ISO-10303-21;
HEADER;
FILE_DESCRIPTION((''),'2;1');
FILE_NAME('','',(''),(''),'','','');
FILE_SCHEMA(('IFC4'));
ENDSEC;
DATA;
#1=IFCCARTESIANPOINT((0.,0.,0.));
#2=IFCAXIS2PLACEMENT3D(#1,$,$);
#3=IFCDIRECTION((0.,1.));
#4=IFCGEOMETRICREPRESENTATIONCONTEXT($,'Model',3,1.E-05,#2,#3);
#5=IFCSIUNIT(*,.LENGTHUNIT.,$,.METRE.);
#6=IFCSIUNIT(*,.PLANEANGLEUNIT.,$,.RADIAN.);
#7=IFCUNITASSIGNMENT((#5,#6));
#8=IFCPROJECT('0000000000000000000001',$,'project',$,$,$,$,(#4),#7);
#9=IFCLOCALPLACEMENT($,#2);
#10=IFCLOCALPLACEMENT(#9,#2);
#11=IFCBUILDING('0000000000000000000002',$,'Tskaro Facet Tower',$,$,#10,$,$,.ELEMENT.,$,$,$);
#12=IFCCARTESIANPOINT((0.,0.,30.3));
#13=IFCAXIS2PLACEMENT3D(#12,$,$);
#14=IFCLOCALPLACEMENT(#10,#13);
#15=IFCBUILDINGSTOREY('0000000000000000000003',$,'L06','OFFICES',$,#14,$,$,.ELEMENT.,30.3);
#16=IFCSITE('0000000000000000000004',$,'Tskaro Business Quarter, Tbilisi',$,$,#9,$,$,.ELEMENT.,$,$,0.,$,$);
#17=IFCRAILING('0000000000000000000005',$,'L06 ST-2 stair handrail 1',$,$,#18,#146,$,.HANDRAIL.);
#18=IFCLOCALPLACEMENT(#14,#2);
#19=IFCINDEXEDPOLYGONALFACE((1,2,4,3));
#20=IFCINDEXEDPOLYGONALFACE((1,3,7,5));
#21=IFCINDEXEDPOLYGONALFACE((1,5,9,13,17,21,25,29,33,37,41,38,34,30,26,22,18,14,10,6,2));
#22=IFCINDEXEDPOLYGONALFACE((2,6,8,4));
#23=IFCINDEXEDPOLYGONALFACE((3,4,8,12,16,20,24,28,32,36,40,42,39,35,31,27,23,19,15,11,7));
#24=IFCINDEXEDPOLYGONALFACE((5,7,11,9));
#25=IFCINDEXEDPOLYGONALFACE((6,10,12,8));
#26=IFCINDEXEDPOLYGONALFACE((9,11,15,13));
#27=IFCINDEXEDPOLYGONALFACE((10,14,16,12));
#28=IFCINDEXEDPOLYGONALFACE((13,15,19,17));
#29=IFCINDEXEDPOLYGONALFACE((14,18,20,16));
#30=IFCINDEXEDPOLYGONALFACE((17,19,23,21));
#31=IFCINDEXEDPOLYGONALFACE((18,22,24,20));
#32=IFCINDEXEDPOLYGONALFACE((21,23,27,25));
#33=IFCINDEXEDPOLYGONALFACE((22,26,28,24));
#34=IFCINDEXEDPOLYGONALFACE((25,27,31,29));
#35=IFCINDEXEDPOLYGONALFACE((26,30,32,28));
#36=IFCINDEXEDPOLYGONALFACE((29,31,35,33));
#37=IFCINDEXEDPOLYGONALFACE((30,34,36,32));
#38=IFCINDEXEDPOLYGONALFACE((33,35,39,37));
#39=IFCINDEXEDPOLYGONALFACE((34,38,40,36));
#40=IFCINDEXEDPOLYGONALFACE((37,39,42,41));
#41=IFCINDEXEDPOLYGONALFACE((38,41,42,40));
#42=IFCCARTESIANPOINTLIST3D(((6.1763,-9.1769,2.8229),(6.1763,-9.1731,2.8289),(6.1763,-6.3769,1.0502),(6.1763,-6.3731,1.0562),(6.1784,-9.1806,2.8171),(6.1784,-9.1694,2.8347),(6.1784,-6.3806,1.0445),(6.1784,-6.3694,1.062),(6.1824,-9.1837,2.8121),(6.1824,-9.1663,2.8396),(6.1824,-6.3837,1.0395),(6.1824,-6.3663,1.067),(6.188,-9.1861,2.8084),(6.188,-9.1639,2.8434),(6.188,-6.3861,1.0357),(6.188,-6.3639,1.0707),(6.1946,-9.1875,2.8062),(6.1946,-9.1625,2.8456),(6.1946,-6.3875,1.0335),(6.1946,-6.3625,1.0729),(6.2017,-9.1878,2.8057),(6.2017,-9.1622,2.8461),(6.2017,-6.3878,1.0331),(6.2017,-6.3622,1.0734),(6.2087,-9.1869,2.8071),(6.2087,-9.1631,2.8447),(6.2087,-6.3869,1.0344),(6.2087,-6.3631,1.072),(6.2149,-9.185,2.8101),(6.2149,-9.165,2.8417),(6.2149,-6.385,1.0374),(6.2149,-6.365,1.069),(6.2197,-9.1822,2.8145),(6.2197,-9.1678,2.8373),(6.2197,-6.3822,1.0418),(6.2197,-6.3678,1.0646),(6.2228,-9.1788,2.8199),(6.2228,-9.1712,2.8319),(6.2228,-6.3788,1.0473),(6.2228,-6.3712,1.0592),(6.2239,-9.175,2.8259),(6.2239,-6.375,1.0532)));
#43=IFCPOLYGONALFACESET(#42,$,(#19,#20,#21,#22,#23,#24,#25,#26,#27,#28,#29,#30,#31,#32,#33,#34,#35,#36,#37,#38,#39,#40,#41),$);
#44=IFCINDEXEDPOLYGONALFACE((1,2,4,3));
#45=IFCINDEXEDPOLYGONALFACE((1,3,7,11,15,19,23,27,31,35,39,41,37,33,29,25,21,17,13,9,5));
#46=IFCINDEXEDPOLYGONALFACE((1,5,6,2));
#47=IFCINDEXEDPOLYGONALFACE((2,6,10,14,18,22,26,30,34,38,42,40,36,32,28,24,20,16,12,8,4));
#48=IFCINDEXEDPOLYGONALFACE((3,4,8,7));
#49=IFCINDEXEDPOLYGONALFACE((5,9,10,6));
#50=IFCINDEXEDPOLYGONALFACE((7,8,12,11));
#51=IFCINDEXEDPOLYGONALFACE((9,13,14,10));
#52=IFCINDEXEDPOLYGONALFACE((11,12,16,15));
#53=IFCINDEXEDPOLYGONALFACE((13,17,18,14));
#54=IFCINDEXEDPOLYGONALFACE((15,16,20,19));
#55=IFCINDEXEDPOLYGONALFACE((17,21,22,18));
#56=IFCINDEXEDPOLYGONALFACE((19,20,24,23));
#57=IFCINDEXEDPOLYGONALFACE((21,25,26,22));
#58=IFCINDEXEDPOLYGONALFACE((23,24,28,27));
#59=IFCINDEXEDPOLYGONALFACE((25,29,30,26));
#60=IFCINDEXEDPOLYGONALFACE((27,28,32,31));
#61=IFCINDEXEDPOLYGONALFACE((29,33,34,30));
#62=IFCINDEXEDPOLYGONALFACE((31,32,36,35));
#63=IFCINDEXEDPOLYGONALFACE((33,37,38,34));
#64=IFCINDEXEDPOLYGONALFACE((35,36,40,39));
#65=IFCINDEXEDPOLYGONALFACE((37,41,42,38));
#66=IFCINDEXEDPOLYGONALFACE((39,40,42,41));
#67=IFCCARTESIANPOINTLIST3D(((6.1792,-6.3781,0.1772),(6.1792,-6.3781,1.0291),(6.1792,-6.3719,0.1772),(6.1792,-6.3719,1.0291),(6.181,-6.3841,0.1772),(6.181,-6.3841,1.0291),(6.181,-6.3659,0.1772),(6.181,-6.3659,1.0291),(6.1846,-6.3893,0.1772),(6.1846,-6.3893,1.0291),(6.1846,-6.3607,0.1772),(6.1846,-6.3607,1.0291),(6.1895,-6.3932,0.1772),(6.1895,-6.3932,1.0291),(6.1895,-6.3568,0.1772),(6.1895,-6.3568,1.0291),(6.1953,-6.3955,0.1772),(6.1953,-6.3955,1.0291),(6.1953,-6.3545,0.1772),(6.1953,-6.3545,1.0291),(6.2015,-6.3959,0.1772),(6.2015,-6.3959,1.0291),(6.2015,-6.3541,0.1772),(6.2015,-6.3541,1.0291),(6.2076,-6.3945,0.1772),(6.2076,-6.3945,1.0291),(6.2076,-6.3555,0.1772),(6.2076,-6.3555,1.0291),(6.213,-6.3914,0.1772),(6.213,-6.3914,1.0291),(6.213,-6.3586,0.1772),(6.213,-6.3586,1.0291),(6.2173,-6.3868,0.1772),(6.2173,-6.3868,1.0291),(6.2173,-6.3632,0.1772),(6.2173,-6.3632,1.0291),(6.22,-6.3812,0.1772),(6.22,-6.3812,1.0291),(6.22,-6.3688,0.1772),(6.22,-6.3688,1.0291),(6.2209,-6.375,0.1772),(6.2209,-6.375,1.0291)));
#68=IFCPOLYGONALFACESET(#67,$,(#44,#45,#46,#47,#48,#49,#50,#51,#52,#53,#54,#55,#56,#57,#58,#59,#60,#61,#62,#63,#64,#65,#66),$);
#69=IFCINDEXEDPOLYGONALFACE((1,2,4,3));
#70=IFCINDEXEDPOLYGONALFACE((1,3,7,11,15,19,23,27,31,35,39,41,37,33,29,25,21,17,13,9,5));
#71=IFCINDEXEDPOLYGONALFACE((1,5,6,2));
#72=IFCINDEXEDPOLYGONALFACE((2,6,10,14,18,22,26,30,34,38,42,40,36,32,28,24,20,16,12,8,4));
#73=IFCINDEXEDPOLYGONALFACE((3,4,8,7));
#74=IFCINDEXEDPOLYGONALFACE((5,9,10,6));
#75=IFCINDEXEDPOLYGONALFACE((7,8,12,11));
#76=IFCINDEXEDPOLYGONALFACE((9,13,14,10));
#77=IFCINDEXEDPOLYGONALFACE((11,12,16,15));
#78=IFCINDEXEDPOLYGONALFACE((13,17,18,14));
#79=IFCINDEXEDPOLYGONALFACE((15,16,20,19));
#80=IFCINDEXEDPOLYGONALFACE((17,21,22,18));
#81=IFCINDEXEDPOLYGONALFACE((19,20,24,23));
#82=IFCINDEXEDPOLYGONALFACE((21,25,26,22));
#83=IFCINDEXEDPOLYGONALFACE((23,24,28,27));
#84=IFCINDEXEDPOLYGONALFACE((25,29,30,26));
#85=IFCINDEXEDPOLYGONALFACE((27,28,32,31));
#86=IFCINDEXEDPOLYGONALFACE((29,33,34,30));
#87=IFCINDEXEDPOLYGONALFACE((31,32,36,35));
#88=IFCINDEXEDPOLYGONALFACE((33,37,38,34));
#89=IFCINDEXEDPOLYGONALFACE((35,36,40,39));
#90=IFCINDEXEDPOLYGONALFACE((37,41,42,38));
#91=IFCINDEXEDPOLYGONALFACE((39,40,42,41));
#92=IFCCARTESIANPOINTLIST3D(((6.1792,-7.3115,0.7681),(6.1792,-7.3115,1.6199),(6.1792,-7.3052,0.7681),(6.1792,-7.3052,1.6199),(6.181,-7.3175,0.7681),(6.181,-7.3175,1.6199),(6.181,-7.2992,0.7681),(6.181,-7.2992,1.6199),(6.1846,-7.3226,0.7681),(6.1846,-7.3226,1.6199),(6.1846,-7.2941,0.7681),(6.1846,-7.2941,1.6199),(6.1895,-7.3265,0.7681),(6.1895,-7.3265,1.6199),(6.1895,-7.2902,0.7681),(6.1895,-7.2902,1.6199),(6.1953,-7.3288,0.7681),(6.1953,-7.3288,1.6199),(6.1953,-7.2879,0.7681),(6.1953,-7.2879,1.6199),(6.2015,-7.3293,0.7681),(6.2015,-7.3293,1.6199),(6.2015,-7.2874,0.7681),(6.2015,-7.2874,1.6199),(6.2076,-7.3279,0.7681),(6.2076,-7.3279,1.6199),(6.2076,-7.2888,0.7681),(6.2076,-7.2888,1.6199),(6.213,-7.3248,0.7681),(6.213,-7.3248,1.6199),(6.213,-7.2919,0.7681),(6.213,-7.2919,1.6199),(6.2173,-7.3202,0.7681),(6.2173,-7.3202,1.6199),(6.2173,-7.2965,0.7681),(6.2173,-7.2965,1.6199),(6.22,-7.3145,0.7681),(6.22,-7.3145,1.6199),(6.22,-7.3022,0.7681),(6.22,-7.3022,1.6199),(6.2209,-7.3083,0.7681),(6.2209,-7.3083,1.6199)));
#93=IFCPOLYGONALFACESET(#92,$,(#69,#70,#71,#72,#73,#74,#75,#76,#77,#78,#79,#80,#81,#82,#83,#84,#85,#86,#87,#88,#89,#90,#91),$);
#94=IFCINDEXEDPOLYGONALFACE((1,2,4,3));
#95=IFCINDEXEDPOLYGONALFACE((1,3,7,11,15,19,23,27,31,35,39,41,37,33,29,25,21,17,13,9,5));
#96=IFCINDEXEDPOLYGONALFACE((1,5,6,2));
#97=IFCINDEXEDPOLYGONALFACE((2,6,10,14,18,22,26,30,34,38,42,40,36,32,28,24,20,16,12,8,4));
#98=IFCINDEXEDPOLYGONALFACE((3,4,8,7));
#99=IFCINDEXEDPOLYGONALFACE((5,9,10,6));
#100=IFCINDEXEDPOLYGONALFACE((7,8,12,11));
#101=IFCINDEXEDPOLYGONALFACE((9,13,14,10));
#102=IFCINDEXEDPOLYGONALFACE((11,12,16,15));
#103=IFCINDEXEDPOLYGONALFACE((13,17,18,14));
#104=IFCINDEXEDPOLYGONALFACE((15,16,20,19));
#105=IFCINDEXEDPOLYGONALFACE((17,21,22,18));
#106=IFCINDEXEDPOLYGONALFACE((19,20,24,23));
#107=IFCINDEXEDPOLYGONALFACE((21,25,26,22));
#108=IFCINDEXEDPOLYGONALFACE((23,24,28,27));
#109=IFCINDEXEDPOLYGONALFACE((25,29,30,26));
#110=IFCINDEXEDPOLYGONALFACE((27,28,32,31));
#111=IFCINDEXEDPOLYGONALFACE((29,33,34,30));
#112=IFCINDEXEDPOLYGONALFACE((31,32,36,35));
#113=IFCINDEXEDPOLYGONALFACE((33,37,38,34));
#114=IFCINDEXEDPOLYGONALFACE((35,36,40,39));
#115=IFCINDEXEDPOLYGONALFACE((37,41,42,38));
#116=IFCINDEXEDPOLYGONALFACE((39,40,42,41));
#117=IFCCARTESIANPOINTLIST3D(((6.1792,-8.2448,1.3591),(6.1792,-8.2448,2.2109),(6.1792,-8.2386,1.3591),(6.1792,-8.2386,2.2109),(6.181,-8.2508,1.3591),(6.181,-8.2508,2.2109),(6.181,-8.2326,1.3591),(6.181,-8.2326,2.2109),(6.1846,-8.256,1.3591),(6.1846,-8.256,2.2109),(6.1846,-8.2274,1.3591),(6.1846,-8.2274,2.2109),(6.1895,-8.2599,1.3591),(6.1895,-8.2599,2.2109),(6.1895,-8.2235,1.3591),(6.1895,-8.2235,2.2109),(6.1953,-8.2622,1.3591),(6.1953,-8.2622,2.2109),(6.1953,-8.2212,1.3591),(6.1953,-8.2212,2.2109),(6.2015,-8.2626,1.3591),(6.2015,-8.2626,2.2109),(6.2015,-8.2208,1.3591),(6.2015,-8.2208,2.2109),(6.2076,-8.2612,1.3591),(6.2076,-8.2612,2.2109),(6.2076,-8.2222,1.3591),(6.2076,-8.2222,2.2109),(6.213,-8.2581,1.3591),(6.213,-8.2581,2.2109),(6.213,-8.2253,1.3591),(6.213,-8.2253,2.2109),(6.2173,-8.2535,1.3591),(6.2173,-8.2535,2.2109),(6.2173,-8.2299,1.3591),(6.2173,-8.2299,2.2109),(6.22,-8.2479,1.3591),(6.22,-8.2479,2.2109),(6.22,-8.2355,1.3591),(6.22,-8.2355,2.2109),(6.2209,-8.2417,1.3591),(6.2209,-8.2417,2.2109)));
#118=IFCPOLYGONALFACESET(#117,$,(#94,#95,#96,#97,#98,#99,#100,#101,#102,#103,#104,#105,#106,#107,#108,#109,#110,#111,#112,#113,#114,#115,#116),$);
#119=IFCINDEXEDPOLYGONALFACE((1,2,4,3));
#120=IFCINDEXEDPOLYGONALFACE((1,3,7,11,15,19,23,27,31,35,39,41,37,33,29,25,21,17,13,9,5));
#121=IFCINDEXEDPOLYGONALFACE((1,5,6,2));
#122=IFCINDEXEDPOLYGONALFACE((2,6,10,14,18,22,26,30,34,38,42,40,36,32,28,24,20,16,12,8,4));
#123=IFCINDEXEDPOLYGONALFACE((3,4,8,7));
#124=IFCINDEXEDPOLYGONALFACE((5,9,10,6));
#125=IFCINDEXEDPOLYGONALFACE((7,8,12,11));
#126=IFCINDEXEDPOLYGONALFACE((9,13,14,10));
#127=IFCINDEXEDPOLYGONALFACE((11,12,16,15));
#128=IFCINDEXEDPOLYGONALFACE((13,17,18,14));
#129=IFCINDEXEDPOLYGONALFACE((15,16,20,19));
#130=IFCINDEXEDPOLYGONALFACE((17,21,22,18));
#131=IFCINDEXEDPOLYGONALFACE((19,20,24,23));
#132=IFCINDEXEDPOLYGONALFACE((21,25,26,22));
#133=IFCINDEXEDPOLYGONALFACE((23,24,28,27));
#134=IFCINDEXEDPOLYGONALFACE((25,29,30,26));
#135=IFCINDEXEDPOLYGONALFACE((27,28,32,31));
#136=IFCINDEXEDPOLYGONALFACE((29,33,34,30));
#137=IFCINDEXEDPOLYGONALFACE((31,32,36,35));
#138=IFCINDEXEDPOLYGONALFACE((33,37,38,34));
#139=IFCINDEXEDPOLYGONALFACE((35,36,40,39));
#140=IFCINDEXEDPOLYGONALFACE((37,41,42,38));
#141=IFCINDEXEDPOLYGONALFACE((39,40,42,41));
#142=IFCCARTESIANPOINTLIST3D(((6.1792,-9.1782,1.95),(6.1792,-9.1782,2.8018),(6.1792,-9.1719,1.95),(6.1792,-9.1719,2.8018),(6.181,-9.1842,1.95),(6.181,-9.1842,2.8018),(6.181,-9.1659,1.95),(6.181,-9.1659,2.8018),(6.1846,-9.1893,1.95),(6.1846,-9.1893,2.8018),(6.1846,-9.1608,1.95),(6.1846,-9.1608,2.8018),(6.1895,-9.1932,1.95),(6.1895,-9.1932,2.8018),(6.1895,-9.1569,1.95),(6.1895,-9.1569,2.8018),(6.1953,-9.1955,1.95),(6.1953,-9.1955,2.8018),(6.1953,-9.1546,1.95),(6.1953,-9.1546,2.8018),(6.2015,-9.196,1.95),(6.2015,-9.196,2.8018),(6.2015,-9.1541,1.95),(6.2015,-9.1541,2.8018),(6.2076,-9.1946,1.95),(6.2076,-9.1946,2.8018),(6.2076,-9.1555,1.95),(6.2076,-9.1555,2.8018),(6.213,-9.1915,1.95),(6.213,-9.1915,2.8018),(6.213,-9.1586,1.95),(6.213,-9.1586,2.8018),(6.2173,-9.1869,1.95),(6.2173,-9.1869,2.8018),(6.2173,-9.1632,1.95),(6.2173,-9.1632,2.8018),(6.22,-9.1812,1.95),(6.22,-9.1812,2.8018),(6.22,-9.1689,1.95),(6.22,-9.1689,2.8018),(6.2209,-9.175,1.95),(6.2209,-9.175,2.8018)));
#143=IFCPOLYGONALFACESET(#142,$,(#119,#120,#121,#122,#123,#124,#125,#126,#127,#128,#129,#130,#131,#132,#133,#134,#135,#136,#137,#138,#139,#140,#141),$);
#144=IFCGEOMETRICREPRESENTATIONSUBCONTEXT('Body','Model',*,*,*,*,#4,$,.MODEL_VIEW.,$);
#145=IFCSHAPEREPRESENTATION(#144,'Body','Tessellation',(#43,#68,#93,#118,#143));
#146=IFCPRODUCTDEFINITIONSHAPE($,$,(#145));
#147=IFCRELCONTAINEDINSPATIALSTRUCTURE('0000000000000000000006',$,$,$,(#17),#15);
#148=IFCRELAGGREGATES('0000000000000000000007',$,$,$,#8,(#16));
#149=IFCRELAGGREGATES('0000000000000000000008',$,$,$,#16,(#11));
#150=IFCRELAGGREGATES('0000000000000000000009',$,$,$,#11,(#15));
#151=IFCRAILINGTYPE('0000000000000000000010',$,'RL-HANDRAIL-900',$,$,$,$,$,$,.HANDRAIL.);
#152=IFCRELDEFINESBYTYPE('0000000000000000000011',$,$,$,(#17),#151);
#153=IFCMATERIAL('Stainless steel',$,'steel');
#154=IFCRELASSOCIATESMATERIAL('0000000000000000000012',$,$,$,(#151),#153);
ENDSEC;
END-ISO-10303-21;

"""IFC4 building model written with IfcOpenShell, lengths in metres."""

from ifc_helpers import new_model, si_unit, direction, frame, origin, origin_2d, place, context, subcontext, project, spatial, circle, extrude, material, type_object, element, save


model = new_model("IFC4")

# Units and contexts
model_context = context("Model", 3, precision=1e-05, world=origin(), true_north=direction((0.0, 1.0)))
body_context = subcontext(model_context, "Body", "Model", "MODEL_VIEW")
ifc_project = project(units=[si_unit("LENGTHUNIT", "METRE"), si_unit("PLANEANGLEUNIT", "RADIAN")], contexts=[model_context])

# Site, building, storey
site_placement = place(None, origin())
site = spatial("IfcSite", under=ifc_project, at=site_placement, Name="Tskaro Business Quarter, Tbilisi", CompositionType="ELEMENT", RefElevation=0.0)
building_placement = place(site_placement, origin())
building = spatial("IfcBuilding", under=site, at=building_placement, Name="Tskaro Facet Tower", CompositionType="ELEMENT")
storey_placement = place(building_placement, frame((0.0, 0.0, 30.3)))
storey = spatial("IfcBuildingStorey", under=building, at=storey_placement, Name="L06", Description="OFFICES", CompositionType="ELEMENT", Elevation=30.3)

# Shared definitions
ifc_material_1 = material(Name="Stainless steel", Category="steel")

# Railing
railing_type = type_object("IfcRailingType", Name="RL-HANDRAIL-900", PredefinedType="HANDRAIL", material=ifc_material_1)
railing_placement = place(storey_placement, frame((6.2, -6.375, 0.1772)))
element("IfcRailing", 1, at=railing_placement, inside=storey, type_object=railing_type, Name="L06 ST-2 stair handrail 1", PredefinedType="HANDRAIL", context=body_context, shape_type="SweptSolid", body=[
    extrude(circle(Radius=0.0239, at=origin_2d()), frame((0.0, 0.0, 0.876), z_axis=(0.0, -0.844909, 0.53491), x_axis=(1.0, 0.0, 0.0)), (0.0, 0.0, 1.0), 3.314),
    extrude(circle(Radius=0.021, at=origin_2d()), origin(), (0.0, 0.0, 1.0), 0.8518),
    extrude(circle(Radius=0.021, at=origin_2d()), frame((0.0, -0.9333, 0.5908)), (0.0, 0.0, 1.0), 0.8518),
    extrude(circle(Radius=0.021, at=origin_2d()), frame((0.0, -1.8667, 1.1819)), (0.0, 0.0, 1.0), 0.8518),
    extrude(circle(Radius=0.021, at=origin_2d()), frame((0.0, -2.8, 1.7727)), (0.0, 0.0, 1.0), 0.8518),
])

save(model, "model.ifc")
